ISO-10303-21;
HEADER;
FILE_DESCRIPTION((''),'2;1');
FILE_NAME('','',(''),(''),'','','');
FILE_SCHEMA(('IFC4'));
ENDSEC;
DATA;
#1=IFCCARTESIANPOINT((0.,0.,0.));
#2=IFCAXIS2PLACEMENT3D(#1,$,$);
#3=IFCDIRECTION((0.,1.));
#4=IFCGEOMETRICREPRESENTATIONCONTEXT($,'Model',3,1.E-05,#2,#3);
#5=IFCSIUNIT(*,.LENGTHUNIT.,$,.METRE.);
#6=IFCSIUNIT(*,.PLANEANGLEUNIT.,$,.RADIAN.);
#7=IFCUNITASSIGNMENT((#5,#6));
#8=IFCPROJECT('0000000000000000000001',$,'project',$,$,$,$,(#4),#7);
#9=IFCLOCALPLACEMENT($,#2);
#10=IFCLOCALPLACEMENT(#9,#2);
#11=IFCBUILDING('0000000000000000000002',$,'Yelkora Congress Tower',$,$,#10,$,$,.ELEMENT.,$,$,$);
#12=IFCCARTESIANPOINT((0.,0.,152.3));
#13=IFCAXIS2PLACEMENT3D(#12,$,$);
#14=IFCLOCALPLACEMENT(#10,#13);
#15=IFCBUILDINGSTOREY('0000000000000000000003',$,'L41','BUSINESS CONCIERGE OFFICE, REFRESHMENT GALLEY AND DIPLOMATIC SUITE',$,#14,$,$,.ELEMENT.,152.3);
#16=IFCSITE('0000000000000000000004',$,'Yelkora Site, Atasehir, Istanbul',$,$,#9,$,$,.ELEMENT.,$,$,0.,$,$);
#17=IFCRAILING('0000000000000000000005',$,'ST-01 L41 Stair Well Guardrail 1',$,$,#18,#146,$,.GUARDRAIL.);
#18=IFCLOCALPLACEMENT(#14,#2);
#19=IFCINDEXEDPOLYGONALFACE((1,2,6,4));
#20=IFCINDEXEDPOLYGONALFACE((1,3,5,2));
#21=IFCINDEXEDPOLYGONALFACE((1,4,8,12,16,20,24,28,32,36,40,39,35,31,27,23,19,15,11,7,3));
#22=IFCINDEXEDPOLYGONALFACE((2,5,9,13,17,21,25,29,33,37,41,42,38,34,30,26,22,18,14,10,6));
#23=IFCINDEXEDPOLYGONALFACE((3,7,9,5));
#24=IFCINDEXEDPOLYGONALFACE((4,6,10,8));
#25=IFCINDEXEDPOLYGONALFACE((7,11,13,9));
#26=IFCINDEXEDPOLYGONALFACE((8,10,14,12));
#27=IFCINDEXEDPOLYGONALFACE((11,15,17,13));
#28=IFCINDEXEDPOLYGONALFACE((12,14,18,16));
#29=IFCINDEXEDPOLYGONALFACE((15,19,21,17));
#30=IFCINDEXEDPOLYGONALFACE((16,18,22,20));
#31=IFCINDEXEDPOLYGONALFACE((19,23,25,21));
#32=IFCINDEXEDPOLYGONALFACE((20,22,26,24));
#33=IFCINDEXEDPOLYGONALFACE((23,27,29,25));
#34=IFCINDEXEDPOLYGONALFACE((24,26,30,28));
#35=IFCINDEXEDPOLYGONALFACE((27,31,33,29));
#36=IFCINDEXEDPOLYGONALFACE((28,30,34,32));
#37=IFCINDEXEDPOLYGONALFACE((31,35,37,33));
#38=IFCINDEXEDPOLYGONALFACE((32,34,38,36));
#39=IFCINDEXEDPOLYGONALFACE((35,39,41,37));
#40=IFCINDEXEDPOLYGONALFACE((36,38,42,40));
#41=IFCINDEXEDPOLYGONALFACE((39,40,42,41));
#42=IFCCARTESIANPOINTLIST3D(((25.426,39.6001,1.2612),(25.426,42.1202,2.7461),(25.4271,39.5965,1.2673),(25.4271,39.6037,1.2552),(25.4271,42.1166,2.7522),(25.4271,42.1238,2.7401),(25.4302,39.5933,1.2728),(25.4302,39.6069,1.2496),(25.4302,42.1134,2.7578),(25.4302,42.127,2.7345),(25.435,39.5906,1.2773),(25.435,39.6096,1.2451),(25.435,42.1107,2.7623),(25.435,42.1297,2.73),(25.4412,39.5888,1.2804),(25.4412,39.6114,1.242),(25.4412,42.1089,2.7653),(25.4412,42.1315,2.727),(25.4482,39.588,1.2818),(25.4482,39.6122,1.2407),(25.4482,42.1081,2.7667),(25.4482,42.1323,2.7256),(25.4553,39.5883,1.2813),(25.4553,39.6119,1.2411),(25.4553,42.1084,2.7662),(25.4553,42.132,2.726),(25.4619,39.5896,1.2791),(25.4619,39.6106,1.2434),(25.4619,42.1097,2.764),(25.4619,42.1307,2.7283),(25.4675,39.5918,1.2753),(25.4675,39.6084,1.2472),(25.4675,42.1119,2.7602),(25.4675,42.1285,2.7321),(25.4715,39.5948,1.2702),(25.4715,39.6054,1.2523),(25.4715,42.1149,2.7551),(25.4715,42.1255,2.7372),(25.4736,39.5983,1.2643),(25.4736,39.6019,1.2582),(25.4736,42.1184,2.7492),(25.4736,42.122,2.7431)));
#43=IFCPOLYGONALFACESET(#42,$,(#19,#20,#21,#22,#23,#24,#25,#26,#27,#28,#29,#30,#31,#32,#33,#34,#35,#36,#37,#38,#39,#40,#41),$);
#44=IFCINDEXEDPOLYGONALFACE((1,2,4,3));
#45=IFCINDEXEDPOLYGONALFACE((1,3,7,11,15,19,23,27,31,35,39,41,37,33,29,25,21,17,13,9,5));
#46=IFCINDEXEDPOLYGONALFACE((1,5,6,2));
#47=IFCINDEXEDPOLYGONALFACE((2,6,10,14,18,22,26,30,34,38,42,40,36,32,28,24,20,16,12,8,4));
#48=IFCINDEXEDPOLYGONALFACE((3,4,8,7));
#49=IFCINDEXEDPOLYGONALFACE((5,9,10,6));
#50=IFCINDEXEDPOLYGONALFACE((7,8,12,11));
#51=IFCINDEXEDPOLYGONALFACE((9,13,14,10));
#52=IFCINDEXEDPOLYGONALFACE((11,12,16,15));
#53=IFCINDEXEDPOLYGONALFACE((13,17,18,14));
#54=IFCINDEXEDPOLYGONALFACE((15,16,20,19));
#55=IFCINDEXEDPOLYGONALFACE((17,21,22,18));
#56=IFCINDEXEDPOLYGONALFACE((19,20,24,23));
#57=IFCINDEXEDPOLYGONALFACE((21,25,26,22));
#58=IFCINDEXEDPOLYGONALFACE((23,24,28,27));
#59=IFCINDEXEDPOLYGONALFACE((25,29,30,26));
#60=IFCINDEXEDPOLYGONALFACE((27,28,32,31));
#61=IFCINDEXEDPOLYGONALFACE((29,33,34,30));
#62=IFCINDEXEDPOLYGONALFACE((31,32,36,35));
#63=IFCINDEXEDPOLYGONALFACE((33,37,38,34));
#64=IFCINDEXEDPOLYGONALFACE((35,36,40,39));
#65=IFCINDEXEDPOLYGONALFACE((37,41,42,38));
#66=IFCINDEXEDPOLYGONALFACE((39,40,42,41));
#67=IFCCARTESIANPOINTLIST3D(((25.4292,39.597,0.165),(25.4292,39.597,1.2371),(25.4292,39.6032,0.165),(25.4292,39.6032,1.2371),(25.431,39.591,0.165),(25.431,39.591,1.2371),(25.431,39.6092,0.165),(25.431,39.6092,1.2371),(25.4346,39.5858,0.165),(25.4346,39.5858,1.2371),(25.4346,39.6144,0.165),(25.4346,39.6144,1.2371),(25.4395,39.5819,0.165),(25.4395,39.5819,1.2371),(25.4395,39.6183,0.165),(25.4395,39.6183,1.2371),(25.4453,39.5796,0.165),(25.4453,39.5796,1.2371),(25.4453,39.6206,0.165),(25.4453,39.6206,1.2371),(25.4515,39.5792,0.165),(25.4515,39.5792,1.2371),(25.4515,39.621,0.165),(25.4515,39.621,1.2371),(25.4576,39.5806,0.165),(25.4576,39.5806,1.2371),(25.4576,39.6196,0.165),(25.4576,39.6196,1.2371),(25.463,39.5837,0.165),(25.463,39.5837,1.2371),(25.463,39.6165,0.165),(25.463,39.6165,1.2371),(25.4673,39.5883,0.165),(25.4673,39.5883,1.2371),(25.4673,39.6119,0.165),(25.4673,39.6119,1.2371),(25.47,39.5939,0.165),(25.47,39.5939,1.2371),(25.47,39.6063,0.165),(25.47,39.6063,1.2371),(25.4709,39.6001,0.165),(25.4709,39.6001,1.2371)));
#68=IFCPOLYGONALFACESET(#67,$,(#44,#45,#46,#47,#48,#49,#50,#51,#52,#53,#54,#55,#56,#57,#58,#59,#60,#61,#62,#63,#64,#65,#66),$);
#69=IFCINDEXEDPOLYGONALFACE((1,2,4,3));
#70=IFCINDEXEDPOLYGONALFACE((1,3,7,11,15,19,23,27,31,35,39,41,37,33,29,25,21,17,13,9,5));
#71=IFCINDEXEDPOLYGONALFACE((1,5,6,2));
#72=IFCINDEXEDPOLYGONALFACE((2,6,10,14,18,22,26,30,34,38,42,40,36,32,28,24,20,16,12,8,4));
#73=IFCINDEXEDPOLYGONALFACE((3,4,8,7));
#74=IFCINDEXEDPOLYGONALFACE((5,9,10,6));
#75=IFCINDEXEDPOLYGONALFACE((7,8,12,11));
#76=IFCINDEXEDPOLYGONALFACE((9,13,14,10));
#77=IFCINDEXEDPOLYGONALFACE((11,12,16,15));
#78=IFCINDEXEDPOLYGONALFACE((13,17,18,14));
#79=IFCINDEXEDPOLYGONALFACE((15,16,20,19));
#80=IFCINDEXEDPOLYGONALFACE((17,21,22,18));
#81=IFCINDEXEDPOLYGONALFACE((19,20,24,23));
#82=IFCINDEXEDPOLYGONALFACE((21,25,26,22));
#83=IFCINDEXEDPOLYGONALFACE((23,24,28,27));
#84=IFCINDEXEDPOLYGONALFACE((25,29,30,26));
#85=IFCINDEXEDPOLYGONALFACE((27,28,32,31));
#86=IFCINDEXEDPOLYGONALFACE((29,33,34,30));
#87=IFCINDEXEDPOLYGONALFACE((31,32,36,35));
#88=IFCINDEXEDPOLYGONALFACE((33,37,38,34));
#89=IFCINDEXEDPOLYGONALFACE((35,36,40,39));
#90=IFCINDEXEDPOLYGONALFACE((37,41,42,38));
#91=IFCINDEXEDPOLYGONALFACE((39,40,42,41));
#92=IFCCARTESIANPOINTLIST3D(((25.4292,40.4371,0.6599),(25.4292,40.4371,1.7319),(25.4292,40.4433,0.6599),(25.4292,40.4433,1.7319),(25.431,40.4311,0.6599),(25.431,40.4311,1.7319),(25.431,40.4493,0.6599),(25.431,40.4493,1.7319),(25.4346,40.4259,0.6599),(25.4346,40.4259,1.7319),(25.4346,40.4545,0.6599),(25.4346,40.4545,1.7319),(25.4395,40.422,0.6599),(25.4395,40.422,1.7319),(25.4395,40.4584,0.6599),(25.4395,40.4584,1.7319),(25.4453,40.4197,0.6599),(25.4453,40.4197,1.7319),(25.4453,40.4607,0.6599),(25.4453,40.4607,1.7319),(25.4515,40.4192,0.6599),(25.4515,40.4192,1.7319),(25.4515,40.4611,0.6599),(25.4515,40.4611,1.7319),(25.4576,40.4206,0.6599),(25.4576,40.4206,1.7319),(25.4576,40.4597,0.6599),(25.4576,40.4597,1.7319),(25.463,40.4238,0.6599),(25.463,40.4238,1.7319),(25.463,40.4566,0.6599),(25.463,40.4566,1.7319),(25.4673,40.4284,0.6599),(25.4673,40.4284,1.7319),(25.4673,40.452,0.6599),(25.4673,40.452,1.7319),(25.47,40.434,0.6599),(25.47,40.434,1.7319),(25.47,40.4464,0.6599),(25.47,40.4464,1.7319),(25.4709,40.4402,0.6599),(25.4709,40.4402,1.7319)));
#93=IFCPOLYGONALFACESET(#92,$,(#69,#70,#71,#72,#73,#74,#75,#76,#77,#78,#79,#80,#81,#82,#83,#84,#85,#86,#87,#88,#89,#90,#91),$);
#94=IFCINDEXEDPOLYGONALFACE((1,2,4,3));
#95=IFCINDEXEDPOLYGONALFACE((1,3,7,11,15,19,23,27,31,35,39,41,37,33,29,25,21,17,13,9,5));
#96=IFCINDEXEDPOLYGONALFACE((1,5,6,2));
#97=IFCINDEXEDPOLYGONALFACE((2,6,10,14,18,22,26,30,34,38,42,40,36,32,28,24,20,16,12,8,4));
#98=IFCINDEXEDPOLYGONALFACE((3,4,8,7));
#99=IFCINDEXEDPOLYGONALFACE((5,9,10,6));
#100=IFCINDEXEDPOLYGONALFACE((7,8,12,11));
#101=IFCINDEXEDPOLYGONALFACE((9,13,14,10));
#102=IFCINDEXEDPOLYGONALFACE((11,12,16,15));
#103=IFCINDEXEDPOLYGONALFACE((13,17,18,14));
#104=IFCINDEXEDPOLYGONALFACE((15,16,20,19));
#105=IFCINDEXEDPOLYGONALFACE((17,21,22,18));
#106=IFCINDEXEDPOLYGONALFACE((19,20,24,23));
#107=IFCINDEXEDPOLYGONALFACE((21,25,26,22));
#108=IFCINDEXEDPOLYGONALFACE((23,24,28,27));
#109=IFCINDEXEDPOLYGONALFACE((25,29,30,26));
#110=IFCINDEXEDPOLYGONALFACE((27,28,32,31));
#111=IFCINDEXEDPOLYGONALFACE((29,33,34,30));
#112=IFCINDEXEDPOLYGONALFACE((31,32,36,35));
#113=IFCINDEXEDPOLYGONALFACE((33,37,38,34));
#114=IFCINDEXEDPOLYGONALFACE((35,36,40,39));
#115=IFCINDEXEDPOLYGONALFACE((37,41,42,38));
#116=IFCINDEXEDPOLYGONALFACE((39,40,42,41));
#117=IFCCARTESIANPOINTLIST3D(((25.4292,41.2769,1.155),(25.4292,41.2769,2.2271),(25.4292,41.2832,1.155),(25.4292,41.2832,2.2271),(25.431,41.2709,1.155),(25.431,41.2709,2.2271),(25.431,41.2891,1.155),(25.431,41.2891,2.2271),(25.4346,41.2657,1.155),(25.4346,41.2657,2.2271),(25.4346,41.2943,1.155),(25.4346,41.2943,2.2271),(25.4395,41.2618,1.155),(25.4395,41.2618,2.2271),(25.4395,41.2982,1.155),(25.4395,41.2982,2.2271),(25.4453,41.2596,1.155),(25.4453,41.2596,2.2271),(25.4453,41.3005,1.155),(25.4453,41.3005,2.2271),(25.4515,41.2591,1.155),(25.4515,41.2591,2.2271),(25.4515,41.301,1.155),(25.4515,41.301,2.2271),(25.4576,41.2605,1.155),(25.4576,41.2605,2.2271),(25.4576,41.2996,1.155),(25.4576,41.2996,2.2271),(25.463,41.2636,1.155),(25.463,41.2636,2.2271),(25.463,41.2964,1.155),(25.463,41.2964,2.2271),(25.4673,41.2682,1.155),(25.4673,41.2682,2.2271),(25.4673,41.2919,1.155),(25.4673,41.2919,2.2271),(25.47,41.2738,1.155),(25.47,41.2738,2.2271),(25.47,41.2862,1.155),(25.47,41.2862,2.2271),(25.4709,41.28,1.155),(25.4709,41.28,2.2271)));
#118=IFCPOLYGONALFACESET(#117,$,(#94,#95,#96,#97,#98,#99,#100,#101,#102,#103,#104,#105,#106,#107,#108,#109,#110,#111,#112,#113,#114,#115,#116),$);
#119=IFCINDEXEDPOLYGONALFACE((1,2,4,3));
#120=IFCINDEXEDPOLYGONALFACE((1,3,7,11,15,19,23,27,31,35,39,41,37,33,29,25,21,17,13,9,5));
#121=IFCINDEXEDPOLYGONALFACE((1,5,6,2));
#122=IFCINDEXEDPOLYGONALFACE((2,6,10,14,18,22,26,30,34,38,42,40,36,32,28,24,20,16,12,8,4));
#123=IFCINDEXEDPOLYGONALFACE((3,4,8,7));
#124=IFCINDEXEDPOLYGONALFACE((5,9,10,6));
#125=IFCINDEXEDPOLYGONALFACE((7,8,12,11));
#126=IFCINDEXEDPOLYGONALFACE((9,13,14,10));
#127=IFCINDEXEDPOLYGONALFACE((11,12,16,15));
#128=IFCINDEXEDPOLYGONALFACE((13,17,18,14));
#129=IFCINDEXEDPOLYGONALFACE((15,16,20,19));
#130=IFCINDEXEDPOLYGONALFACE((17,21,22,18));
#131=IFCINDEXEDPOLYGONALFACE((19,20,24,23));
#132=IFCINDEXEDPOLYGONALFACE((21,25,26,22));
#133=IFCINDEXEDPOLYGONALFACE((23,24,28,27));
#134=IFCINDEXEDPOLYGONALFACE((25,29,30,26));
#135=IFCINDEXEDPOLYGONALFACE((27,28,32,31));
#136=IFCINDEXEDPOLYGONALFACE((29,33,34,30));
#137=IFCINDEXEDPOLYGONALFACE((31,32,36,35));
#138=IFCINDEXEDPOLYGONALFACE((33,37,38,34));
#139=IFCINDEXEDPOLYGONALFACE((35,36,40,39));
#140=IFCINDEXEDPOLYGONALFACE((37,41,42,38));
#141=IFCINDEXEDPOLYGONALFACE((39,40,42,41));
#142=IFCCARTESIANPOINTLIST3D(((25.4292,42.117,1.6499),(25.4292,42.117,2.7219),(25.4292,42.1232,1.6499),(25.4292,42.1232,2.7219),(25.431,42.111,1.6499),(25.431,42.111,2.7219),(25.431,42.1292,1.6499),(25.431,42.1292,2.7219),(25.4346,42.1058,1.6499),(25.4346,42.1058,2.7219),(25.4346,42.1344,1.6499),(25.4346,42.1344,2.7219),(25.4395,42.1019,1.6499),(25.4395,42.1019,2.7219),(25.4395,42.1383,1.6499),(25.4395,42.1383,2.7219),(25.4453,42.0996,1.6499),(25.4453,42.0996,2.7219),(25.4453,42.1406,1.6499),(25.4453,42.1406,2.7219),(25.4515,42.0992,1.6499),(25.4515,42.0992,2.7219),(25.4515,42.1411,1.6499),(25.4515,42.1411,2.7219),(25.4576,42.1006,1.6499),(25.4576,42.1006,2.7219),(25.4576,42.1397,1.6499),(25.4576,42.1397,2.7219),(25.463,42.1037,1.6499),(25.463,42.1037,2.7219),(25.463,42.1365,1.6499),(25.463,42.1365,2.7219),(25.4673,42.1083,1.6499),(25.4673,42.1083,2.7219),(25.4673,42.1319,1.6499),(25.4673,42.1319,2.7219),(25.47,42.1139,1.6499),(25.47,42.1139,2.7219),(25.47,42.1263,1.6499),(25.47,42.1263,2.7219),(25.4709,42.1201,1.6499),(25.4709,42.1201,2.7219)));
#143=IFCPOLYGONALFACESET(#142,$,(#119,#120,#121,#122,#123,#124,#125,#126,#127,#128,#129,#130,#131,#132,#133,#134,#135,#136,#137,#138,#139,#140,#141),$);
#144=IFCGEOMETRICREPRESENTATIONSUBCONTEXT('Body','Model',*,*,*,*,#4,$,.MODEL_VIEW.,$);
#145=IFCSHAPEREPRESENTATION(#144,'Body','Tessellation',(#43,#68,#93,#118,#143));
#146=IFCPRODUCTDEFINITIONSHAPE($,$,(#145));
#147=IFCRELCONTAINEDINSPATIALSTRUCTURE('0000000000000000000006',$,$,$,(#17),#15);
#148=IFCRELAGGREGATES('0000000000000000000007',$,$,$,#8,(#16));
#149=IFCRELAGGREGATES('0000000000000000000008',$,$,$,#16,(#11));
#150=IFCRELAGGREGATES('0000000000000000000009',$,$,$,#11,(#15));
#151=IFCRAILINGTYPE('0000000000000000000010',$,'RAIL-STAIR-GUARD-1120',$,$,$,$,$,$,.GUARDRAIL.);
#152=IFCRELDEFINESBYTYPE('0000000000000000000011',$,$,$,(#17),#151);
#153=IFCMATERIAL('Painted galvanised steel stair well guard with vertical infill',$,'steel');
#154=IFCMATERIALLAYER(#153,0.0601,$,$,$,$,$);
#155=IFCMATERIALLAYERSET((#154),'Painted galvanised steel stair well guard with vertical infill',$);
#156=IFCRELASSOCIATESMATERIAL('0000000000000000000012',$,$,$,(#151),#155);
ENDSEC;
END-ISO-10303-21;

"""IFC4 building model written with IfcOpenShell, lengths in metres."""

from ifc_helpers import new_model, si_unit, direction, frame, origin, origin_2d, place, context, subcontext, project, spatial, circle, extrude, material, layer, layer_set, type_object, element, save


model = new_model("IFC4")

# Units and contexts
model_context = context("Model", 3, precision=1e-05, world=origin(), true_north=direction((0.0, 1.0)))
body_context = subcontext(model_context, "Body", "Model", "MODEL_VIEW")
ifc_project = project(units=[si_unit("LENGTHUNIT", "METRE"), si_unit("PLANEANGLEUNIT", "RADIAN")], contexts=[model_context])

# Site, building, storey
site_placement = place(None, origin())
site = spatial("IfcSite", under=ifc_project, at=site_placement, Name="Yelkora Site, Atasehir, Istanbul", CompositionType="ELEMENT", RefElevation=0.0)
building_placement = place(site_placement, origin())
building = spatial("IfcBuilding", under=site, at=building_placement, Name="Yelkora Congress Tower", CompositionType="ELEMENT")
storey_placement = place(building_placement, frame((0.0, 0.0, 152.3)))
storey = spatial("IfcBuildingStorey", under=building, at=storey_placement, Name="L41", Description="BUSINESS CONCIERGE OFFICE, REFRESHMENT GALLEY AND DIPLOMATIC SUITE", CompositionType="ELEMENT", Elevation=152.3)

# Railing
ifc_material_1 = material(Name="Painted galvanised steel stair well guard with vertical infill", Category="steel")
ifc_layer_1 = layer(ifc_material_1, 0.0601)
ifc_layer_set_1 = layer_set([ifc_layer_1], Name="Painted galvanised steel stair well guard with vertical infill")
railing_type_1 = type_object("IfcRailingType", Name="RAIL-STAIR-GUARD-1120", PredefinedType="GUARDRAIL", material=ifc_layer_set_1)
railing_1_placement = place(storey_placement, frame((25.45, 39.6001, 0.165)))
element("IfcRailing", 1, at=railing_1_placement, inside=storey, type_object=railing_type_1, Name="ST-01 L41 Stair Well Guardrail 1", PredefinedType="GUARDRAIL", context=body_context, shape_type="SweptSolid", body=[
    extrude(circle(Radius=0.0239, at=origin_2d()), frame((0.0, 0.0, 1.0962), z_axis=(0.0, 0.861561, 0.507655), x_axis=(-1.0, 0.0, 0.0)), (0.0, 0.0, 1.0), 2.925),
    extrude(circle(Radius=0.021, at=origin_2d()), origin(), (0.0, 0.0, 1.0), 1.072),
    extrude(circle(Radius=0.021, at=origin_2d()), frame((0.0, 0.8401, 0.4949)), (0.0, 0.0, 1.0), 1.072),
    extrude(circle(Radius=0.021, at=origin_2d()), frame((0.0, 1.6799, 0.99)), (0.0, 0.0, 1.0), 1.072),
    extrude(circle(Radius=0.021, at=origin_2d()), frame((0.0, 2.52, 1.4849)), (0.0, 0.0, 1.0), 1.072),
])

save(model, "model.ifc")
